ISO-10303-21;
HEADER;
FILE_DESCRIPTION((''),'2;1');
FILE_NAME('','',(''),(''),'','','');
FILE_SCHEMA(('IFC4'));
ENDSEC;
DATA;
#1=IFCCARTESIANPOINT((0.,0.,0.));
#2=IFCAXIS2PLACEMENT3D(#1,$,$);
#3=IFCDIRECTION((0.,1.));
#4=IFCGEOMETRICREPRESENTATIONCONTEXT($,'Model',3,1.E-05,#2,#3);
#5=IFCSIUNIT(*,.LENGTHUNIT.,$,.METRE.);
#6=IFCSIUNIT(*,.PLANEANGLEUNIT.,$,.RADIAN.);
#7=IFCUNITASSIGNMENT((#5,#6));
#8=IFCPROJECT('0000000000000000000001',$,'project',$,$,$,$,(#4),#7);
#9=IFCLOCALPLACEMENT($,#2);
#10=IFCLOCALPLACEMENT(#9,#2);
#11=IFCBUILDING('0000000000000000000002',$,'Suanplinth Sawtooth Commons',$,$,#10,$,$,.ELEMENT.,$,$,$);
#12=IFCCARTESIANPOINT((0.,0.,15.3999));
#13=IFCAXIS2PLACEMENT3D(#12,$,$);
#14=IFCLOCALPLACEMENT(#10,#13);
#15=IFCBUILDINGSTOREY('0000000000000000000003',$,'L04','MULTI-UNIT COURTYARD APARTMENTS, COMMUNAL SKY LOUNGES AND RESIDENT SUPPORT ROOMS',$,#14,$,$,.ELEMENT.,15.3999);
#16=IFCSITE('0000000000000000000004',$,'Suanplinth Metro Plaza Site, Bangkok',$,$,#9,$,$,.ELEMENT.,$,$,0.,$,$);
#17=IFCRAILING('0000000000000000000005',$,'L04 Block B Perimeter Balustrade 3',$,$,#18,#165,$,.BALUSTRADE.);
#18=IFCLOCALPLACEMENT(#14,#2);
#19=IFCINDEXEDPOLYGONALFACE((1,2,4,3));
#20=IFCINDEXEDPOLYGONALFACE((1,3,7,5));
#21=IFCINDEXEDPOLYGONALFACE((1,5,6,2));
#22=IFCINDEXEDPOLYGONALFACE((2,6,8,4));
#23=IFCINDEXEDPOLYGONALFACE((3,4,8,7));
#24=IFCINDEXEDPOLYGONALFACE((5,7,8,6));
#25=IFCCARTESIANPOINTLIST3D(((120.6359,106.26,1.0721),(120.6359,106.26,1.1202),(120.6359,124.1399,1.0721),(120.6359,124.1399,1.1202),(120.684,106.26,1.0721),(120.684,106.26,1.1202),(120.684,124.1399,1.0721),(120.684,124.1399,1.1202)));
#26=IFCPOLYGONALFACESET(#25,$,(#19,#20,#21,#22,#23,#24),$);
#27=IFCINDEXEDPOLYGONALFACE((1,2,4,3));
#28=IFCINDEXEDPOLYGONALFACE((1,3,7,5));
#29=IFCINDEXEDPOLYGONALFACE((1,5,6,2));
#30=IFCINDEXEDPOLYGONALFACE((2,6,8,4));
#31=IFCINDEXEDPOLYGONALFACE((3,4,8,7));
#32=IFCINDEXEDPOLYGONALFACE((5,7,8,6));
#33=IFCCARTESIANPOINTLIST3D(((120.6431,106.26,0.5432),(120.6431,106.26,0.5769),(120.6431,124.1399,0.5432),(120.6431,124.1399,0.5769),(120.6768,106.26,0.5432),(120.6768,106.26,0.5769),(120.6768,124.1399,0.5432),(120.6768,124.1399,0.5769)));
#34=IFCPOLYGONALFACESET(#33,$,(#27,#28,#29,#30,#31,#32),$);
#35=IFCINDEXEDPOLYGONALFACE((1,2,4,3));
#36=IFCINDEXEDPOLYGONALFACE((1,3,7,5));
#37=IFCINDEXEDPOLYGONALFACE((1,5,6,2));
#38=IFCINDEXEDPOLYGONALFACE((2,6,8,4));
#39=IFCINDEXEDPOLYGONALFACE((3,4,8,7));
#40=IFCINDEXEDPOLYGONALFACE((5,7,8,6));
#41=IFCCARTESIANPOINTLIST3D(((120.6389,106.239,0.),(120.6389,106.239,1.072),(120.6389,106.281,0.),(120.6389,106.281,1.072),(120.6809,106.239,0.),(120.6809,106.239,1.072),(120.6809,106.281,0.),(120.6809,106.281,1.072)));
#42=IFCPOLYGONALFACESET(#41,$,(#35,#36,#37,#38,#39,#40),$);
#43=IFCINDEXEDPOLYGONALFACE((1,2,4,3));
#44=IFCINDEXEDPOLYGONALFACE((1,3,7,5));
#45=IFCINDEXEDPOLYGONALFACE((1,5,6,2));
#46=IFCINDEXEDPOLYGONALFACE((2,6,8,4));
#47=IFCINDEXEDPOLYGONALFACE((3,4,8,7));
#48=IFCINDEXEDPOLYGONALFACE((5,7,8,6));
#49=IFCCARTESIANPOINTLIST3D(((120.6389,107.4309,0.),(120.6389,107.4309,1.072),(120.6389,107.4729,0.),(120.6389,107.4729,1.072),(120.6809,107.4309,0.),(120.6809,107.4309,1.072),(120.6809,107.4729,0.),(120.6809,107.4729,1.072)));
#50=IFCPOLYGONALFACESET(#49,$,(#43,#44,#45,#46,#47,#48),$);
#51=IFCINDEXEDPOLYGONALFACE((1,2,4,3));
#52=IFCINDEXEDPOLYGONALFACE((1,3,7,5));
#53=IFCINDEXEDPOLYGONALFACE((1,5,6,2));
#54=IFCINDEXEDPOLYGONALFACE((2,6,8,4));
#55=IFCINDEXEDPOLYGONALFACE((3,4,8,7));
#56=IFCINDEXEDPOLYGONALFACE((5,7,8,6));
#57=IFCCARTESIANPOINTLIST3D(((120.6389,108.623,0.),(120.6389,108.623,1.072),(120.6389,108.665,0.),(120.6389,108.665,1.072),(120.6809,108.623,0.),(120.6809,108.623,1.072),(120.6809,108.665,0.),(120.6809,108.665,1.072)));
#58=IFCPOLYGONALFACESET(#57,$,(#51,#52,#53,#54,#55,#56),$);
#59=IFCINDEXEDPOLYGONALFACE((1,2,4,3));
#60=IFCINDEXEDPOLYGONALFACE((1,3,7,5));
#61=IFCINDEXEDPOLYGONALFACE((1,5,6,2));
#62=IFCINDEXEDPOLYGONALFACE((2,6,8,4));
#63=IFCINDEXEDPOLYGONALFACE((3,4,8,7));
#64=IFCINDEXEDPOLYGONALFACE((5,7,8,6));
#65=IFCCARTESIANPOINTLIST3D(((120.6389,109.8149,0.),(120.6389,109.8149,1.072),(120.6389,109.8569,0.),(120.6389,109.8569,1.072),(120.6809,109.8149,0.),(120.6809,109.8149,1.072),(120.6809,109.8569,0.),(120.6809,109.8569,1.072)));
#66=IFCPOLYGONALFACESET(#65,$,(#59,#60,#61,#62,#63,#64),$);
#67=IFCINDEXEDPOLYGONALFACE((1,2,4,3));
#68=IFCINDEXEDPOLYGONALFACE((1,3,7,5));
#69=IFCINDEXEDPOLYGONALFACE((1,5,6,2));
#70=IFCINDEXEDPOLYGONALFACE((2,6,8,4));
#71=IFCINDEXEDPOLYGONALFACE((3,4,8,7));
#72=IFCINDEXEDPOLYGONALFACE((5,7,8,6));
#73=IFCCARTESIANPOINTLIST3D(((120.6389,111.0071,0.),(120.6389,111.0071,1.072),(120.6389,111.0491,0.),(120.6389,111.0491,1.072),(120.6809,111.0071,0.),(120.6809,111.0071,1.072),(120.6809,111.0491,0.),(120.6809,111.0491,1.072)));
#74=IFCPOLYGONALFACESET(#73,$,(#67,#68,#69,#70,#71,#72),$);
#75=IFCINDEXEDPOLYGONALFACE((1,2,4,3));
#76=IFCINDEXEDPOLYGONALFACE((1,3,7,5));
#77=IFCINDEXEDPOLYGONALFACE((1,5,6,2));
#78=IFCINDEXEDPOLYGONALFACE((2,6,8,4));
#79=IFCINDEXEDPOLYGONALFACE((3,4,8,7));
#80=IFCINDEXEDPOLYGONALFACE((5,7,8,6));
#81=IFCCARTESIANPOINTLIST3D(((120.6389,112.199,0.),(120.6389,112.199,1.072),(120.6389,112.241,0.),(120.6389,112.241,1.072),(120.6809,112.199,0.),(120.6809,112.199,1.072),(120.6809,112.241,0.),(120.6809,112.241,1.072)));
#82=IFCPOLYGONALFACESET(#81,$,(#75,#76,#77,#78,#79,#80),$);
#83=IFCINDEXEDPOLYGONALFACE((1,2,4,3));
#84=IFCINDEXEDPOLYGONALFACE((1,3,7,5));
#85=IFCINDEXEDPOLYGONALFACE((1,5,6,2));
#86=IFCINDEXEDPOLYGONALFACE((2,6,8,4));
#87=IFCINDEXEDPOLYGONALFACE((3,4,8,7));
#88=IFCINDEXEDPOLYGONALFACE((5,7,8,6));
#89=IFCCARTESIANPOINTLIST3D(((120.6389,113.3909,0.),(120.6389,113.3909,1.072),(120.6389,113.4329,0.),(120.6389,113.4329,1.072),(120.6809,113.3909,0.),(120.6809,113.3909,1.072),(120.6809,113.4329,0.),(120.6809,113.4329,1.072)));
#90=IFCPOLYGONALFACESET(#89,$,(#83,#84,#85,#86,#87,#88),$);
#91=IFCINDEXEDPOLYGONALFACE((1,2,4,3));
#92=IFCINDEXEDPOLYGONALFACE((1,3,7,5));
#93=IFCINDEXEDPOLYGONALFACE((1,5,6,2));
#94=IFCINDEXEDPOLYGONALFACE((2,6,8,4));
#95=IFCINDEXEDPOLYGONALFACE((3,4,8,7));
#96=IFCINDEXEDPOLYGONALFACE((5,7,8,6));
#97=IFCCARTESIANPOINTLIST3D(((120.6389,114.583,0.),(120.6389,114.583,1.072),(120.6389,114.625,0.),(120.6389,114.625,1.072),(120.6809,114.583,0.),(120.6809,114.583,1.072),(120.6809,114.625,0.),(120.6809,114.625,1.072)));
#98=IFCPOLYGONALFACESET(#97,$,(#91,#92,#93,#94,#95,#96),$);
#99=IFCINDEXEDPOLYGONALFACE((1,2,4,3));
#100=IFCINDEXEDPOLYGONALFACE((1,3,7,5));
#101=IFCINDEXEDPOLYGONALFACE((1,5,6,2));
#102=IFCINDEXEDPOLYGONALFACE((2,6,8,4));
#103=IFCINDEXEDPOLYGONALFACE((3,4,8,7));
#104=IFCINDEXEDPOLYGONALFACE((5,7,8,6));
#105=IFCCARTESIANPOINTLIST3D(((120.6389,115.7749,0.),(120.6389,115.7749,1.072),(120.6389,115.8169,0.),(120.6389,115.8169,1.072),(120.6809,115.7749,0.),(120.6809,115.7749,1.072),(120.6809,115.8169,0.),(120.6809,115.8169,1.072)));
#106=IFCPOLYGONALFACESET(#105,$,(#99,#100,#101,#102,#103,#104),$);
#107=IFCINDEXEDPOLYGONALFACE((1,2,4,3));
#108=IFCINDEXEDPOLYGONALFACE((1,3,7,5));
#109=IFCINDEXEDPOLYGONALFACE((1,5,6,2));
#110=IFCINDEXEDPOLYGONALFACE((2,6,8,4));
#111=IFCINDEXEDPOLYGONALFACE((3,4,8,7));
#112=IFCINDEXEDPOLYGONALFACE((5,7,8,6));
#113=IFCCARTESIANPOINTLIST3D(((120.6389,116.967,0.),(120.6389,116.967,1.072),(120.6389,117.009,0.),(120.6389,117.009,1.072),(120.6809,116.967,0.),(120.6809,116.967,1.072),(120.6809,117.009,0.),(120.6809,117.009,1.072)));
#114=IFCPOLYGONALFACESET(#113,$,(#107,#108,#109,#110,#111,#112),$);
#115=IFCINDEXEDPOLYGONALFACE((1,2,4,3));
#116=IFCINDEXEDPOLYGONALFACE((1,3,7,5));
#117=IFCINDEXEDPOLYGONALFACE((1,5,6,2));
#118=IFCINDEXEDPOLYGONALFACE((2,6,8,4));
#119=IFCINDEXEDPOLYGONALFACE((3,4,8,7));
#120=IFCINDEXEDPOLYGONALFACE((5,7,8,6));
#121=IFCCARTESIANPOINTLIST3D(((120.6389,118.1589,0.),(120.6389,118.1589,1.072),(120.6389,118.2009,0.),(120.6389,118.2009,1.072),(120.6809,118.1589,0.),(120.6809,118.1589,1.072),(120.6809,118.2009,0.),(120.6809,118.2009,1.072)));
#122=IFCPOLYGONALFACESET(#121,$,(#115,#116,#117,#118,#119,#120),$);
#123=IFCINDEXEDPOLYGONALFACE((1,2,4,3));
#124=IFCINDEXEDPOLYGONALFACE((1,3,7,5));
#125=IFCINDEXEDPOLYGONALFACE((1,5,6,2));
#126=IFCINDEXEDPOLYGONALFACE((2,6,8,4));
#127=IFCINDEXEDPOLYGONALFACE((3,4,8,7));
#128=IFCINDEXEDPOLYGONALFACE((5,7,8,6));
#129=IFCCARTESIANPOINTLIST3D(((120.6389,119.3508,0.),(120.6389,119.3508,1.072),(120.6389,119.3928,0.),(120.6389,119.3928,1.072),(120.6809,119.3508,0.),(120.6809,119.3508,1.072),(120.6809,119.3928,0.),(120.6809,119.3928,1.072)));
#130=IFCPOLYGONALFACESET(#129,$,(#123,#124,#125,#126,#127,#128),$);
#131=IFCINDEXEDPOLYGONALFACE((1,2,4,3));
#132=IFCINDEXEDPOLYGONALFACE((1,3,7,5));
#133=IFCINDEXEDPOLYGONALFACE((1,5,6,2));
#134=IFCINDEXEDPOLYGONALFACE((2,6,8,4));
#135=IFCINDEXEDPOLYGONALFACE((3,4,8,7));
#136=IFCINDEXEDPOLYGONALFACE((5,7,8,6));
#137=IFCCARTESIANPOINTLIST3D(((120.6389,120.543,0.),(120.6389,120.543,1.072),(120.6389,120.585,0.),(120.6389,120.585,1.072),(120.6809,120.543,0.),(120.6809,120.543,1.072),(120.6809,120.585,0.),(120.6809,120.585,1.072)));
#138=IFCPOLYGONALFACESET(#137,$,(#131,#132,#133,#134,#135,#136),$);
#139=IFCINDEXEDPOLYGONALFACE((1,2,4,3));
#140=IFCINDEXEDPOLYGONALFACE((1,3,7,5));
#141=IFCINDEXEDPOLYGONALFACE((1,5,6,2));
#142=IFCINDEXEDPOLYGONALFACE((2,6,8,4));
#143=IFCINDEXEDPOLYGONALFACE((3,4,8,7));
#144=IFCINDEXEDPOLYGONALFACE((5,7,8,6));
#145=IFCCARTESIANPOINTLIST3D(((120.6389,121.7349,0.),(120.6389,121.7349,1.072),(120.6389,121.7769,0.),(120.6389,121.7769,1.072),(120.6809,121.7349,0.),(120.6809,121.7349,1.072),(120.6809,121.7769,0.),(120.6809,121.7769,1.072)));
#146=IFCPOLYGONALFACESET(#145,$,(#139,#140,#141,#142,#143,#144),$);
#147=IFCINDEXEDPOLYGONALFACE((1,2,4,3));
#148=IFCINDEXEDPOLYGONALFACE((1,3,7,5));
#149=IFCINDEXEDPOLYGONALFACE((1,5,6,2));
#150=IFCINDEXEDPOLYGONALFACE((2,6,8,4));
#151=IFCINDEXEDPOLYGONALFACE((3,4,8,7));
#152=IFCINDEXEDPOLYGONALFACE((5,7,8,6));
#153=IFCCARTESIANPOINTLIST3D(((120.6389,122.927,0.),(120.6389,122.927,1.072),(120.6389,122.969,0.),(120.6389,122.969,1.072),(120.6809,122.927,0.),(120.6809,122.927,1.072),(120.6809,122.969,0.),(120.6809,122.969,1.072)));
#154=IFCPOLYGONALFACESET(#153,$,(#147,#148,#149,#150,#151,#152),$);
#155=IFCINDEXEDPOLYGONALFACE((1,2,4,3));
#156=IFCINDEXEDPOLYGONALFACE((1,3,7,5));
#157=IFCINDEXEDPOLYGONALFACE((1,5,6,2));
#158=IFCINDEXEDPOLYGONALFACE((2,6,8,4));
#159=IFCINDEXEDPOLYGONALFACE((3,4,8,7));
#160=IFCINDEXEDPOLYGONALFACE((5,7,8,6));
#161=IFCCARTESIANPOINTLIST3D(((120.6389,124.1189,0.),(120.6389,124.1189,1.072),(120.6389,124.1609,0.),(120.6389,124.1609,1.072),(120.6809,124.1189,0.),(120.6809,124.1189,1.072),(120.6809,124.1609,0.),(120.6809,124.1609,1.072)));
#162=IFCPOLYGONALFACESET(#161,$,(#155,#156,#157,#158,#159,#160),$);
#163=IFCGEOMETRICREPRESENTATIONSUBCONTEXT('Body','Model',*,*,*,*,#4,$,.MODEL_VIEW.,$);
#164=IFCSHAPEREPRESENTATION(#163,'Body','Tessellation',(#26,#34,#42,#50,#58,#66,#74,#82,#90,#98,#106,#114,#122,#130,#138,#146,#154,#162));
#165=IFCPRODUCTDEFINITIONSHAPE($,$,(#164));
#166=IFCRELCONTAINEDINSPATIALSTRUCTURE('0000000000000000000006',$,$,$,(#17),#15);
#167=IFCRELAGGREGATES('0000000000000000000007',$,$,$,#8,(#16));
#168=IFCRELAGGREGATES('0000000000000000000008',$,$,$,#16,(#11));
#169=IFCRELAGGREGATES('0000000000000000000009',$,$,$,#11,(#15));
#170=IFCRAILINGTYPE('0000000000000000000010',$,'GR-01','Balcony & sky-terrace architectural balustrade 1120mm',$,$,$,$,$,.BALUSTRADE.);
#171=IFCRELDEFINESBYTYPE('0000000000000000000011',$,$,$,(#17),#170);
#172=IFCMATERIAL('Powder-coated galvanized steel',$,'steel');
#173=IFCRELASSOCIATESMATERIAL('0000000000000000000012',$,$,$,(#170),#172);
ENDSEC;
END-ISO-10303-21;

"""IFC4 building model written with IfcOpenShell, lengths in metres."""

from ifc_helpers import new_model, si_unit, direction, frame, origin, origin_2d, place, context, subcontext, project, spatial, rectangle, extrude, material, type_object, element, save


model = new_model("IFC4")

# Units and contexts
model_context = context("Model", 3, precision=1e-05, world=origin(), true_north=direction((0.0, 1.0)))
body_context = subcontext(model_context, "Body", "Model", "MODEL_VIEW")
ifc_project = project(units=[si_unit("LENGTHUNIT", "METRE"), si_unit("PLANEANGLEUNIT", "RADIAN")], contexts=[model_context])

# Site, building, storey
site_placement = place(None, origin())
site = spatial("IfcSite", under=ifc_project, at=site_placement, Name="Suanplinth Metro Plaza Site, Bangkok", CompositionType="ELEMENT", RefElevation=0.0)
building_placement = place(site_placement, origin())
building = spatial("IfcBuilding", under=site, at=building_placement, Name="Suanplinth Sawtooth Commons", CompositionType="ELEMENT")
storey_placement = place(building_placement, frame((0.0, 0.0, 15.3999)))
storey = spatial("IfcBuildingStorey", under=building, at=storey_placement, Name="L04", Description="MULTI-UNIT COURTYARD APARTMENTS, COMMUNAL SKY LOUNGES AND RESIDENT SUPPORT ROOMS", CompositionType="ELEMENT", Elevation=15.3999)

# Railing
ifc_material_1 = material(Name="Powder-coated galvanized steel", Category="steel")
railing_type = type_object("IfcRailingType", Name="GR-01", Description="Balcony & sky-terrace architectural balustrade 1120mm", PredefinedType="BALUSTRADE", material=ifc_material_1)
railing_1_placement = place(storey_placement, frame((120.6599, 106.26, 0.0)))
element("IfcRailing", 1, at=railing_1_placement, inside=storey, type_object=railing_type, Name="L04 Block B Perimeter Balustrade 3", PredefinedType="BALUSTRADE", context=body_context, shape_type="SweptSolid", body=[
    extrude(rectangle(XDim=0.0481, YDim=0.0481, at=origin_2d()), frame((0.0, 0.0, 1.0962), z_axis=(0.0, 1.0, 0.0), x_axis=(-1.0, 0.0, 0.0)), (0.0, 0.0, 1.0), 17.8799),
    extrude(rectangle(XDim=0.0337, YDim=0.0337, at=origin_2d()), frame((0.0, 0.0, 0.5601), z_axis=(0.0, 1.0, 0.0), x_axis=(-1.0, 0.0, 0.0)), (0.0, 0.0, 1.0), 17.8799),
    extrude(rectangle(XDim=0.042, YDim=0.042, at=origin_2d()), origin(), (0.0, 0.0, 1.0), 1.072),
    extrude(rectangle(XDim=0.042, YDim=0.042, at=origin_2d()), frame((0.0, 1.1919, 0.0)), (0.0, 0.0, 1.0), 1.072),
    extrude(rectangle(XDim=0.042, YDim=0.042, at=origin_2d()), frame((0.0, 2.384, 0.0)), (0.0, 0.0, 1.0), 1.072),
    extrude(rectangle(XDim=0.042, YDim=0.042, at=origin_2d()), frame((0.0, 3.5759, 0.0)), (0.0, 0.0, 1.0), 1.072),
    extrude(rectangle(XDim=0.042, YDim=0.042, at=origin_2d()), frame((0.0, 4.7681, 0.0)), (0.0, 0.0, 1.0), 1.072),
    extrude(rectangle(XDim=0.042, YDim=0.042, at=origin_2d()), frame((0.0, 5.96, 0.0)), (0.0, 0.0, 1.0), 1.072),
    extrude(rectangle(XDim=0.042, YDim=0.042, at=origin_2d()), frame((0.0, 7.1519, 0.0)), (0.0, 0.0, 1.0), 1.072),
    extrude(rectangle(XDim=0.042, YDim=0.042, at=origin_2d()), frame((0.0, 8.344, 0.0)), (0.0, 0.0, 1.0), 1.072),
    extrude(rectangle(XDim=0.042, YDim=0.042, at=origin_2d()), frame((0.0, 9.5359, 0.0)), (0.0, 0.0, 1.0), 1.072),
    extrude(rectangle(XDim=0.042, YDim=0.042, at=origin_2d()), frame((0.0, 10.728, 0.0)), (0.0, 0.0, 1.0), 1.072),
    extrude(rectangle(XDim=0.042, YDim=0.042, at=origin_2d()), frame((0.0, 11.9199, 0.0)), (0.0, 0.0, 1.0), 1.072),
    extrude(rectangle(XDim=0.042, YDim=0.042, at=origin_2d()), frame((0.0, 13.1118, 0.0)), (0.0, 0.0, 1.0), 1.072),
    extrude(rectangle(XDim=0.042, YDim=0.042, at=origin_2d()), frame((0.0, 14.304, 0.0)), (0.0, 0.0, 1.0), 1.072),
    extrude(rectangle(XDim=0.042, YDim=0.042, at=origin_2d()), frame((0.0, 15.4958, 0.0)), (0.0, 0.0, 1.0), 1.072),
    extrude(rectangle(XDim=0.042, YDim=0.042, at=origin_2d()), frame((0.0, 16.688, 0.0)), (0.0, 0.0, 1.0), 1.072),
    extrude(rectangle(XDim=0.042, YDim=0.042, at=origin_2d()), frame((0.0, 17.8799, 0.0)), (0.0, 0.0, 1.0), 1.072),
])

save(model, "model.ifc")
